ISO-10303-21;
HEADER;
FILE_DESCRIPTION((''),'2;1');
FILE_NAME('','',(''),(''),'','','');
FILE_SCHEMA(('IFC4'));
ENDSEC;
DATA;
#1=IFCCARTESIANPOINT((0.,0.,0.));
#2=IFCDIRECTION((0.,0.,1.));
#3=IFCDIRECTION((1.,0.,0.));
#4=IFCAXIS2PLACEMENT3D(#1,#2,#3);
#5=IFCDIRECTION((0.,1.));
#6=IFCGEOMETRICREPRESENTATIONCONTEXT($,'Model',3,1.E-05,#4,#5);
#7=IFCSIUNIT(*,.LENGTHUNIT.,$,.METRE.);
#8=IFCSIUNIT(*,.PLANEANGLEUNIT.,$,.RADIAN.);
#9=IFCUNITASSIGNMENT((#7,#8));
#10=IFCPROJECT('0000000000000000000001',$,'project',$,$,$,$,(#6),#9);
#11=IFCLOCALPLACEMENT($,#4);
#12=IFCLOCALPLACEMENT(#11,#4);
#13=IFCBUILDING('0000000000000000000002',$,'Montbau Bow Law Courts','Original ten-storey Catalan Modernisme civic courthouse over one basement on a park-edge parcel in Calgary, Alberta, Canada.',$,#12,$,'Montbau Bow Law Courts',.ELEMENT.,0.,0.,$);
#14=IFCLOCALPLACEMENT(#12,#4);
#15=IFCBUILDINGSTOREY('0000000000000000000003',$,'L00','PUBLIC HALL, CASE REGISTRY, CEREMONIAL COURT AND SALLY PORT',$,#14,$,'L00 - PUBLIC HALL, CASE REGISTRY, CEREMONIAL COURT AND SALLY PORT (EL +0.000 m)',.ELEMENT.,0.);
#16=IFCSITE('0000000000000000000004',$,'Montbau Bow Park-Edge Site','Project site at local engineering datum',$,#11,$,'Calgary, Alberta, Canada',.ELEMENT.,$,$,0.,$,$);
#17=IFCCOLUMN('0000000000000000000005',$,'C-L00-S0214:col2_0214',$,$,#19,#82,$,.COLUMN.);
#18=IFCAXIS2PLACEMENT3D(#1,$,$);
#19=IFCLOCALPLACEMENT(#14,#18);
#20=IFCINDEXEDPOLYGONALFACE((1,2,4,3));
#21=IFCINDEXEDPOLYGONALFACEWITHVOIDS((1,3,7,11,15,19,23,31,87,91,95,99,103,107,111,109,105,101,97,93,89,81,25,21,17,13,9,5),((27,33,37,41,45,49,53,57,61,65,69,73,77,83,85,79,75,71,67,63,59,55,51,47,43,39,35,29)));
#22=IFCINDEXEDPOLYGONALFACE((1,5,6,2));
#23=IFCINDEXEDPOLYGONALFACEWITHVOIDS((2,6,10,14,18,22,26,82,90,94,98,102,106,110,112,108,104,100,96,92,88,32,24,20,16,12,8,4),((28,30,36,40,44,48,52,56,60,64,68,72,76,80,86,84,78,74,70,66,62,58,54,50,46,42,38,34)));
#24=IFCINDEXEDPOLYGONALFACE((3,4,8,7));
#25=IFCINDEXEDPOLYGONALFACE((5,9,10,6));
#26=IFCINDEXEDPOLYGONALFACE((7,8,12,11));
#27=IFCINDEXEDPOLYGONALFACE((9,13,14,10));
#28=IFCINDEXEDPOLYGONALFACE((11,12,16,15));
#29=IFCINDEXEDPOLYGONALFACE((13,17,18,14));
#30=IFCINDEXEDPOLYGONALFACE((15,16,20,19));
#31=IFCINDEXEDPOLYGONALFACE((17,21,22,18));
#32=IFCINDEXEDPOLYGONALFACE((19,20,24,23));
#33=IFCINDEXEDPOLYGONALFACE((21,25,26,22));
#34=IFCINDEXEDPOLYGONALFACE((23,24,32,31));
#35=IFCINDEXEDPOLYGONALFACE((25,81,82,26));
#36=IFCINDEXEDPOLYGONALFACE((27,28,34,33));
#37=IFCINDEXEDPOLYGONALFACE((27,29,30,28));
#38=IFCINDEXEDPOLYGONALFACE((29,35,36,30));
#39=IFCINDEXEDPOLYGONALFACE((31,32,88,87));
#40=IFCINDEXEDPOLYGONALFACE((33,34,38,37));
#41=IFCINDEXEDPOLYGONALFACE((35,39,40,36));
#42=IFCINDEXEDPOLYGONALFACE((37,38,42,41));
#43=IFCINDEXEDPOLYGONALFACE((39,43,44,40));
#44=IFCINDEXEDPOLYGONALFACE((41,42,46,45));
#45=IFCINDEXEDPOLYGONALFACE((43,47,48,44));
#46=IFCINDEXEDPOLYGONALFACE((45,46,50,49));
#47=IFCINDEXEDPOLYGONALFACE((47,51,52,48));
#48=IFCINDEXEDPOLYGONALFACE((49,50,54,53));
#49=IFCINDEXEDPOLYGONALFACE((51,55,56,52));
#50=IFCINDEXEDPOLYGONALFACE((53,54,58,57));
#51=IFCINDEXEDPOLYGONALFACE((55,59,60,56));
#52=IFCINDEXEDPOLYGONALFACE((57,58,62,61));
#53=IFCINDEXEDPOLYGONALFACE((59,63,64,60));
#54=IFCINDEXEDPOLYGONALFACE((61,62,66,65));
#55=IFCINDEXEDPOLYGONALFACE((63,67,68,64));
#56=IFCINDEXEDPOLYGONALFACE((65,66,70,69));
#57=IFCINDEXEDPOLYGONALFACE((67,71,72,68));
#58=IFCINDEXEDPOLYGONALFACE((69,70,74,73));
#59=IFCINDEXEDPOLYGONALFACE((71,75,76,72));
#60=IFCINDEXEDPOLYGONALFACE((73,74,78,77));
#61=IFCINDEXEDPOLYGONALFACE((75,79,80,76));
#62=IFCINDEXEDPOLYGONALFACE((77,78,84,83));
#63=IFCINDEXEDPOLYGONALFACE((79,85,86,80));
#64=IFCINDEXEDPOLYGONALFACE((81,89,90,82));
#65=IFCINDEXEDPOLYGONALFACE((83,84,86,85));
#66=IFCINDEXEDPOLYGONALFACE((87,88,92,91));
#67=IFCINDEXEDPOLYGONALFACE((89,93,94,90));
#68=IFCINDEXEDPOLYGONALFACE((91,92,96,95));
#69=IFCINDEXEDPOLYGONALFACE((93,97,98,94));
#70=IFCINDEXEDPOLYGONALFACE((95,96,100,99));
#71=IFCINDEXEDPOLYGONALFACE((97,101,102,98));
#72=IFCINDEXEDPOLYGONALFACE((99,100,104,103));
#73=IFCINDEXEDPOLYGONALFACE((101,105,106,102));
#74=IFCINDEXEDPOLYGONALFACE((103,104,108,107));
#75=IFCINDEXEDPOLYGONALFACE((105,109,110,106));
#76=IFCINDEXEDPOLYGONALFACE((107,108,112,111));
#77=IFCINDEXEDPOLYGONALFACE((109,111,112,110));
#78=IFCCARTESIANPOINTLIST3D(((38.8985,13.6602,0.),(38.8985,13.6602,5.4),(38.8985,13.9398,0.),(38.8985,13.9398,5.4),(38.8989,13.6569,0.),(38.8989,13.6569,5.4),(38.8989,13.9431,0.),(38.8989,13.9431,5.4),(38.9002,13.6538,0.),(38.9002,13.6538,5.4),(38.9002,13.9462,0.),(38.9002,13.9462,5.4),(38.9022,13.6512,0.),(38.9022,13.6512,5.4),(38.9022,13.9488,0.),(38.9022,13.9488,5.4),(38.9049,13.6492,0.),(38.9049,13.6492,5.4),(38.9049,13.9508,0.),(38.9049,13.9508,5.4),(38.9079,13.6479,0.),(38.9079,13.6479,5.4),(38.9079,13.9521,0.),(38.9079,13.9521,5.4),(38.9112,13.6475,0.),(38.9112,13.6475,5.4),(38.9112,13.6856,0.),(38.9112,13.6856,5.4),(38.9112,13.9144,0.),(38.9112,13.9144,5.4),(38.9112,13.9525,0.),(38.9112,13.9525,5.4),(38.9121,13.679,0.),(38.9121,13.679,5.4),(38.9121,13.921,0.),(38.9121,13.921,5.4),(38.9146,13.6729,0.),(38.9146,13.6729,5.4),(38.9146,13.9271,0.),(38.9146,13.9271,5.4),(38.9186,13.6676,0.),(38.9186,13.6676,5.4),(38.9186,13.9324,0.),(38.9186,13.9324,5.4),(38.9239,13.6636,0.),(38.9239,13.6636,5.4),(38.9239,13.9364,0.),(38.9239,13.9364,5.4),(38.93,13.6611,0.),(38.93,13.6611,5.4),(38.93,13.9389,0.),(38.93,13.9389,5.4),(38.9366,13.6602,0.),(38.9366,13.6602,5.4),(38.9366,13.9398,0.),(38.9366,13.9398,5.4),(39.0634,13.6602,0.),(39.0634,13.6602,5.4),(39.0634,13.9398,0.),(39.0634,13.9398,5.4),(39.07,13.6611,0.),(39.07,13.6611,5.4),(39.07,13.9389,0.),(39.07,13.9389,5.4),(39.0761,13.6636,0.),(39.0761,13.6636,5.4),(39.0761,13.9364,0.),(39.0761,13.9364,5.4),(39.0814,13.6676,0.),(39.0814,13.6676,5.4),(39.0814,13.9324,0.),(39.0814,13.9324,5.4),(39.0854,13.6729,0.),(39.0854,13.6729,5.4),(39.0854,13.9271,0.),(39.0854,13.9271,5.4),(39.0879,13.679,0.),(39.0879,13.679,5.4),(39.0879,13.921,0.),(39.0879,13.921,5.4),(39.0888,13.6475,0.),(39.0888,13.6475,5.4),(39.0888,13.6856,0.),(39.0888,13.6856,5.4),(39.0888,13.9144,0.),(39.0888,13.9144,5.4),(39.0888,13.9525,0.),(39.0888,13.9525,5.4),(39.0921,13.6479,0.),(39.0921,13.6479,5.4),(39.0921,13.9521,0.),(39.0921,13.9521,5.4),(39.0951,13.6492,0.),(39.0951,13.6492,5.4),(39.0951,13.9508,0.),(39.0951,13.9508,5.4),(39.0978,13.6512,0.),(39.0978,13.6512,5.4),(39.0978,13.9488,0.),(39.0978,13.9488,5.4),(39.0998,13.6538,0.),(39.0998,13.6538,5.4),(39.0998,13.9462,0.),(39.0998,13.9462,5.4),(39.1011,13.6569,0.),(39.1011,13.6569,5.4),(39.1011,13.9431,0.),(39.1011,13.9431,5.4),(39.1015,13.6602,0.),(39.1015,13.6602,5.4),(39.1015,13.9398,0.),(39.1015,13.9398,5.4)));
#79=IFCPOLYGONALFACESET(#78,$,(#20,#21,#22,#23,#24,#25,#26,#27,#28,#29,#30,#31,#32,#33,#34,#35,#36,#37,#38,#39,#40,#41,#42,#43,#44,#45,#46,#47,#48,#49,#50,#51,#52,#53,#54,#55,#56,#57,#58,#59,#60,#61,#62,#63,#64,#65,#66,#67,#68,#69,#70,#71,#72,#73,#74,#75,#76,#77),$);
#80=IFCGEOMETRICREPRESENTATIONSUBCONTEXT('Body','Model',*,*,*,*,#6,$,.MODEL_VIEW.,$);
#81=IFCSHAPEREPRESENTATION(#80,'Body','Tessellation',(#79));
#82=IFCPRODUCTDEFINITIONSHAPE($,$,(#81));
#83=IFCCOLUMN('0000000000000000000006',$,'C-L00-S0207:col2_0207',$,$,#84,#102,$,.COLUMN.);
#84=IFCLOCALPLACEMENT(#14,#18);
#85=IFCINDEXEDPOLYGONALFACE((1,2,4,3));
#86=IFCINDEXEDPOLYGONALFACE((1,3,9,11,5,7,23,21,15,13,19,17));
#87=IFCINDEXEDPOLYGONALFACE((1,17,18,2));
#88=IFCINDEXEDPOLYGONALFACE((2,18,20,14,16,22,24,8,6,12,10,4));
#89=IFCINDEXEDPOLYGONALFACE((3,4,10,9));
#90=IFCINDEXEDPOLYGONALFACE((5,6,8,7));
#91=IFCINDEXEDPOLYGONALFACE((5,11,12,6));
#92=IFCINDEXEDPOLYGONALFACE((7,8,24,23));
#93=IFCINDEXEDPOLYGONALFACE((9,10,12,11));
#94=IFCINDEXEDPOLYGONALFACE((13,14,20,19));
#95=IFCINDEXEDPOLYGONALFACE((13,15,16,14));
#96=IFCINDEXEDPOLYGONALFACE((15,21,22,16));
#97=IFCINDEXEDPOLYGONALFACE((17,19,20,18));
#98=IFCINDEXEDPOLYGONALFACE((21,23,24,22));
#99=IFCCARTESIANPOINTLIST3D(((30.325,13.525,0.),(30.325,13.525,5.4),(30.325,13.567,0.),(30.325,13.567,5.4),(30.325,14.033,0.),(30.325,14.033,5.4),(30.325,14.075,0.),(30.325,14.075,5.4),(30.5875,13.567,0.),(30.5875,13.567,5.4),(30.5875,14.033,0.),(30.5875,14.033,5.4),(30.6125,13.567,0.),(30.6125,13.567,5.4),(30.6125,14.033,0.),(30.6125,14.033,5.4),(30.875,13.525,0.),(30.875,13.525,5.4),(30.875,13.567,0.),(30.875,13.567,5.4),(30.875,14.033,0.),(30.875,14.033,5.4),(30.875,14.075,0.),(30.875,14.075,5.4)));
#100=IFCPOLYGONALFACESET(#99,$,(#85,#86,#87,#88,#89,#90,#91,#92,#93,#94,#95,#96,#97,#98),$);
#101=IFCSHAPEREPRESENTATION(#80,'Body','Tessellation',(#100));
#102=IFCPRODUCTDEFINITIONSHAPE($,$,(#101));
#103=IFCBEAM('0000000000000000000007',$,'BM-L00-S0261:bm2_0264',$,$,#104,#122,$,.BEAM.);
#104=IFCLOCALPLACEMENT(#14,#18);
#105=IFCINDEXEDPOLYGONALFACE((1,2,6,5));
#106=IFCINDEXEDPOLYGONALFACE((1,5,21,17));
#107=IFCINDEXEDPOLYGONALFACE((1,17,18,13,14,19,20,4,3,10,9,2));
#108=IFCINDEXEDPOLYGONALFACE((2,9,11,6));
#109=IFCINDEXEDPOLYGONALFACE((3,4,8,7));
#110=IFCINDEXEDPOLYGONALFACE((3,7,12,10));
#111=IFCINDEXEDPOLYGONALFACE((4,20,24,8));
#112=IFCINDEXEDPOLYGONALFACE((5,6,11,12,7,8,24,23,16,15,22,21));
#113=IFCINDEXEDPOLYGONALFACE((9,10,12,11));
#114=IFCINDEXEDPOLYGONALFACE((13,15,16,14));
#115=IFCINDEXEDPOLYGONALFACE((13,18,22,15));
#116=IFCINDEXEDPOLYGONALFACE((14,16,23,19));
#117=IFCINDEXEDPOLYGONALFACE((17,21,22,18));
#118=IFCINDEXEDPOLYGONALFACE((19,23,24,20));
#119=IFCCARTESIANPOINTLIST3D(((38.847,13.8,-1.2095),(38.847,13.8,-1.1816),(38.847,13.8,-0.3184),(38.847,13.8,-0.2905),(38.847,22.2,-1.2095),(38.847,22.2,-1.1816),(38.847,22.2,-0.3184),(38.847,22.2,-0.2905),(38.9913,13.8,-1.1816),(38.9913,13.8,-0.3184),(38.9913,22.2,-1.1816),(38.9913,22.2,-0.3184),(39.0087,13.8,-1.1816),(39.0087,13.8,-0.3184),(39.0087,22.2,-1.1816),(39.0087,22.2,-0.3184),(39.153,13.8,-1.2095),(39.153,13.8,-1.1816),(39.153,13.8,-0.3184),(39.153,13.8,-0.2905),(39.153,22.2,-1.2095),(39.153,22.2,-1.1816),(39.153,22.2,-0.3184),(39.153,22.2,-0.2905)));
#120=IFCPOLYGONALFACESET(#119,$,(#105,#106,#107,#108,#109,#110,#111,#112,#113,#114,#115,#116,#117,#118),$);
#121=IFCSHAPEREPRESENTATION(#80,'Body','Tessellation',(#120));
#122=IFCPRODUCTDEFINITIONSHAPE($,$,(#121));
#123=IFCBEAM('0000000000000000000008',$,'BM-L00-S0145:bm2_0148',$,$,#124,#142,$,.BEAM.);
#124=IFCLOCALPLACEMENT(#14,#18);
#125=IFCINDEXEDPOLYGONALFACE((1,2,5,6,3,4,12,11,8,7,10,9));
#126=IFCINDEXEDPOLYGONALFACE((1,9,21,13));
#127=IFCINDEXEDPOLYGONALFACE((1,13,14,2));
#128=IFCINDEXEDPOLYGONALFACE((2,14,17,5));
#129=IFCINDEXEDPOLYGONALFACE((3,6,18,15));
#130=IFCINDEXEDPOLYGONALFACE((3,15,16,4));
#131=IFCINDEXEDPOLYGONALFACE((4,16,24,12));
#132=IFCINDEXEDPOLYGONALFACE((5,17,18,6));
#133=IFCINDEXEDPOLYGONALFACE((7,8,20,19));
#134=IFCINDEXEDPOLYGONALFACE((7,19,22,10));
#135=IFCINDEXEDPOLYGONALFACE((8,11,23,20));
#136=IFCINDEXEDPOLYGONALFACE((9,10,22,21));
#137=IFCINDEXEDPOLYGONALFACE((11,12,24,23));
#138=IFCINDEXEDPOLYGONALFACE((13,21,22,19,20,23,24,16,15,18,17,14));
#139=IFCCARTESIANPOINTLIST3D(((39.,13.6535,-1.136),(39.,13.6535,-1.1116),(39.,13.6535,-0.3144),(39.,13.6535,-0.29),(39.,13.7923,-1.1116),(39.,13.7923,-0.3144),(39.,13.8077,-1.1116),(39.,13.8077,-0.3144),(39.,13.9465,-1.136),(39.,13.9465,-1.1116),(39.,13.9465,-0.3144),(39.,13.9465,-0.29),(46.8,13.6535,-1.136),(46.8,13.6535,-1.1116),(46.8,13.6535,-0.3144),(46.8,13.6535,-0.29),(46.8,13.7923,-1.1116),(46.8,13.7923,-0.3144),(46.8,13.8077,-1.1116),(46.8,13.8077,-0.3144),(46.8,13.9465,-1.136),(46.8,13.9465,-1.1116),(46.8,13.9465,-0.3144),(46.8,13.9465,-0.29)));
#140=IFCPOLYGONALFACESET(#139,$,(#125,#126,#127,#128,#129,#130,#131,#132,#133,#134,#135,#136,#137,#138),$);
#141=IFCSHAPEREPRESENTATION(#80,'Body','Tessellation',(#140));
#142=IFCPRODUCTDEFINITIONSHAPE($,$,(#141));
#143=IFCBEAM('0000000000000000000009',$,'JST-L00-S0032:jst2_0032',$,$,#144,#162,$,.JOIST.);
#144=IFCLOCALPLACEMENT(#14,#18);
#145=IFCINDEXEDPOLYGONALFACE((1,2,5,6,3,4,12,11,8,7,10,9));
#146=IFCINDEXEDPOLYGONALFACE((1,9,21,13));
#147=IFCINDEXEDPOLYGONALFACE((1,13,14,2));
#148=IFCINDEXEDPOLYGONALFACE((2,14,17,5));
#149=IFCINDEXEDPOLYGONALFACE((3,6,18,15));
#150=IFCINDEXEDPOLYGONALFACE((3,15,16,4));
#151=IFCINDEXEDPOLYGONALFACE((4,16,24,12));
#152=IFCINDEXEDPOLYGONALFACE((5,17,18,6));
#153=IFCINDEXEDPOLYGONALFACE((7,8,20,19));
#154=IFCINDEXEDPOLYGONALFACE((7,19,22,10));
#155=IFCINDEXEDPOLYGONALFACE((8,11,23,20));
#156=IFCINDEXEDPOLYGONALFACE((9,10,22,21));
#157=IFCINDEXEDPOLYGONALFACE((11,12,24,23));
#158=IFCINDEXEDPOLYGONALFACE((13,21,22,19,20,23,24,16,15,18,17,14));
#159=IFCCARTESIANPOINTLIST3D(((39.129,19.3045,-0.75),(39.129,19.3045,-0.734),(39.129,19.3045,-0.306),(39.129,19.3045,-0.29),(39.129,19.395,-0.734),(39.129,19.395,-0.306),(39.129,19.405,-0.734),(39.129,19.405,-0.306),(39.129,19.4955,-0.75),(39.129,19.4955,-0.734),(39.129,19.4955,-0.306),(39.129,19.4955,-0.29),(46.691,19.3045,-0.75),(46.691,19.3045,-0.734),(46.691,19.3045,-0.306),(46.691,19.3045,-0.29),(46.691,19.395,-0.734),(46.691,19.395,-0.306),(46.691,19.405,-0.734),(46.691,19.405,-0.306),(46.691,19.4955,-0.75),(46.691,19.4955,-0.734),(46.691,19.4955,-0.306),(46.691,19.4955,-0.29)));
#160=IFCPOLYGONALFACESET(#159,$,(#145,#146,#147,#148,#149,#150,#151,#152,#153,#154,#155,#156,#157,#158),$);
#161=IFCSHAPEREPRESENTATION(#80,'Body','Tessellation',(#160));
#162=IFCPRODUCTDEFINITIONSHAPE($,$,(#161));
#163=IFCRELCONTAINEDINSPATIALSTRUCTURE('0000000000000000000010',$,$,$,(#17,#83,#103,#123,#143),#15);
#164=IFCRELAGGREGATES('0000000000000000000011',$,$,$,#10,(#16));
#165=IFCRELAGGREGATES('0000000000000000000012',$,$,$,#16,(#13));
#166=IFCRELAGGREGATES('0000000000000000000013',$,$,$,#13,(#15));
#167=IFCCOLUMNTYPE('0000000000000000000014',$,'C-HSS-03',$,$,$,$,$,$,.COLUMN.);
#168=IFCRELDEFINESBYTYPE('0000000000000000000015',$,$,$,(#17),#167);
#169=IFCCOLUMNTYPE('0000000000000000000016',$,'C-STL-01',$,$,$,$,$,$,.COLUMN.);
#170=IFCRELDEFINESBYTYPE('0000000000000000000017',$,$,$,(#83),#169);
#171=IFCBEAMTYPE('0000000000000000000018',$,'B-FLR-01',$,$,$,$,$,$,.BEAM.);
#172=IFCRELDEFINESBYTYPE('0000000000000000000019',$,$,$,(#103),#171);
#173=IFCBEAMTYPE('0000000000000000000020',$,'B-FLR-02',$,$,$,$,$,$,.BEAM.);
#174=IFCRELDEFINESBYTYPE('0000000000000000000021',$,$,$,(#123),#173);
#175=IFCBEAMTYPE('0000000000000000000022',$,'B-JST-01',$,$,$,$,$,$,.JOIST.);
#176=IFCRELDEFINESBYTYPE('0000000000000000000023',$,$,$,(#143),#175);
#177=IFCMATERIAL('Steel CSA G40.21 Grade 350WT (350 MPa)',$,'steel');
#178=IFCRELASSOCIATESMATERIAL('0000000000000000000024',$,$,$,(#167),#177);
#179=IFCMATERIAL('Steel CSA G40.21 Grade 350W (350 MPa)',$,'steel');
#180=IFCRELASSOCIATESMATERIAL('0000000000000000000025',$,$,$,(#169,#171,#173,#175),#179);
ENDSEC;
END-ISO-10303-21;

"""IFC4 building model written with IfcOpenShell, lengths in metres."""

from ifc_helpers import new_model, si_unit, direction, frame, origin_with_axes, origin_2d_with_axis, place, context, subcontext, project, spatial, hollow_rectangle, i_section, extrude, material, material_profile, profile_set, type_object, element, save


model = new_model("IFC4")

# Units and contexts
model_context = context("Model", 3, precision=1e-05, world=origin_with_axes(), true_north=direction((0.0, 1.0)))
body_context = subcontext(model_context, "Body", "Model", "MODEL_VIEW")
ifc_project = project(units=[si_unit("LENGTHUNIT", "METRE"), si_unit("PLANEANGLEUNIT", "RADIAN")], contexts=[model_context])

# Site, building, storey
site_placement = place(None, origin_with_axes())
site = spatial("IfcSite", under=ifc_project, at=site_placement, Name="Montbau Bow Park-Edge Site", Description="Project site at local engineering datum", LongName="Calgary, Alberta, Canada", CompositionType="ELEMENT", RefElevation=0.0)
building_placement = place(site_placement, origin_with_axes())
building = spatial("IfcBuilding", under=site, at=building_placement, Name="Montbau Bow Law Courts", Description="Original ten-storey Catalan Modernisme civic courthouse over one basement on a park-edge parcel in Calgary, Alberta, Canada.", LongName="Montbau Bow Law Courts", CompositionType="ELEMENT", ElevationOfRefHeight=0.0, ElevationOfTerrain=0.0)
storey_placement = place(building_placement, origin_with_axes())
storey = spatial("IfcBuildingStorey", under=building, at=storey_placement, Name="L00", Description="PUBLIC HALL, CASE REGISTRY, CEREMONIAL COURT AND SALLY PORT", LongName="L00 - PUBLIC HALL, CASE REGISTRY, CEREMONIAL COURT AND SALLY PORT (EL +0.000 m)", CompositionType="ELEMENT", Elevation=0.0)

# Columns
ifc_material_1 = material(Name="Steel CSA G40.21 Grade 350WT (350 MPa)", Category="steel")
ifc_material_profile_1 = material_profile(ifc_material_1, hollow_rectangle(XDim=0.203, YDim=0.305, WallThickness=0.0127, InnerFilletRadius=0.0254, OuterFilletRadius=0.0127, at=origin_2d_with_axis()), Name="HSS305X203X13", Category="Main", Priority=0)
ifc_profile_set_1 = profile_set([ifc_material_profile_1], Name="Steel CSA G40.21 Grade 350WT (350 MPa)")
column_type_1 = type_object("IfcColumnType", Name="C-HSS-03", PredefinedType="COLUMN", material=ifc_profile_set_1)
column_1_placement = place(None, frame((39.0, 13.8, 0.0), z_axis=(0.0, 0.0, 1.0), x_axis=(1.0, 0.0, 0.0)))
element("IfcColumn", 1, at=column_1_placement, inside=storey, type_object=column_type_1, Name="C-L00-S0214:col2_0214", PredefinedType="COLUMN", context=body_context, shape_type="SweptSolid", body=[
    extrude(hollow_rectangle(XDim=0.203, YDim=0.305, WallThickness=0.0127, InnerFilletRadius=0.0254, OuterFilletRadius=0.0127, at=origin_2d_with_axis()), origin_with_axes(), (0.0, 0.0, 1.0), 5.4),
])
ifc_material_2 = material(Name="Steel CSA G40.21 Grade 350W (350 MPa)", Category="steel")
ifc_material_profile_2 = material_profile(ifc_material_2, i_section(OverallWidth=0.55, OverallDepth=0.55, WebThickness=0.025, FlangeThickness=0.042, at=origin_2d_with_axis()), Name="WWF550X420", Category="Main", Priority=0)
ifc_profile_set_2 = profile_set([ifc_material_profile_2], Name="Steel CSA G40.21 Grade 350W (350 MPa)")
column_type_2 = type_object("IfcColumnType", Name="C-STL-01", PredefinedType="COLUMN", material=ifc_profile_set_2)
column_2_placement = place(None, frame((30.6, 13.8, 0.0), z_axis=(0.0, 0.0, 1.0), x_axis=(1.0, 0.0, 0.0)))
element("IfcColumn", 2, at=column_2_placement, inside=storey, type_object=column_type_2, Name="C-L00-S0207:col2_0207", PredefinedType="COLUMN", context=body_context, shape_type="SweptSolid", body=[
    extrude(i_section(OverallWidth=0.55, OverallDepth=0.55, WebThickness=0.025, FlangeThickness=0.042, at=origin_2d_with_axis()), origin_with_axes(), (0.0, 0.0, 1.0), 5.4),
])

# Beams
ifc_material_profile_3 = material_profile(ifc_material_2, i_section(OverallWidth=0.306, OverallDepth=0.919, WebThickness=0.0173, FlangeThickness=0.0279, at=origin_2d_with_axis()), Name="W920X253", Category="Main", Priority=0)
ifc_profile_set_3 = profile_set([ifc_material_profile_3], Name="Steel CSA G40.21 Grade 350W (350 MPa)")
beam_type_1 = type_object("IfcBeamType", Name="B-FLR-01", PredefinedType="BEAM", material=ifc_profile_set_3)
beam_1_placement = place(None, frame((39.0, 13.8, -0.75), z_axis=(0.0, 1.0, 0.0), x_axis=(-1.0, 0.0, 0.0)))
element("IfcBeam", 3, at=beam_1_placement, inside=storey, type_object=beam_type_1, Name="BM-L00-S0261:bm2_0264", PredefinedType="BEAM", context=body_context, shape_type="SweptSolid", body=[
    extrude(i_section(OverallWidth=0.306, OverallDepth=0.919, WebThickness=0.0173, FlangeThickness=0.0279, at=origin_2d_with_axis()), origin_with_axes(), (0.0, 0.0, 1.0), 8.4),
])
ifc_material_profile_4 = material_profile(ifc_material_2, i_section(OverallWidth=0.293, OverallDepth=0.846, WebThickness=0.0154, FlangeThickness=0.0244, at=origin_2d_with_axis()), Name="W840X210", Category="Main", Priority=0)
ifc_profile_set_4 = profile_set([ifc_material_profile_4], Name="Steel CSA G40.21 Grade 350W (350 MPa)")
beam_type_2 = type_object("IfcBeamType", Name="B-FLR-02", PredefinedType="BEAM", material=ifc_profile_set_4)
beam_2_placement = place(None, frame((39.0, 13.8, -0.713), z_axis=(1.0, 0.0, 0.0), x_axis=(0.0, 1.0, 0.0)))
element("IfcBeam", 4, at=beam_2_placement, inside=storey, type_object=beam_type_2, Name="BM-L00-S0145:bm2_0148", PredefinedType="BEAM", context=body_context, shape_type="SweptSolid", body=[
    extrude(i_section(OverallWidth=0.293, OverallDepth=0.846, WebThickness=0.0154, FlangeThickness=0.0244, at=origin_2d_with_axis()), origin_with_axes(), (0.0, 0.0, 1.0), 7.8),
])
ifc_material_profile_5 = material_profile(ifc_material_2, i_section(OverallWidth=0.191, OverallDepth=0.46, WebThickness=0.0099, FlangeThickness=0.016, at=origin_2d_with_axis()), Name="W460X82", Category="Main", Priority=0)
ifc_profile_set_5 = profile_set([ifc_material_profile_5], Name="Steel CSA G40.21 Grade 350W (350 MPa)")
beam_type_3 = type_object("IfcBeamType", Name="B-JST-01", PredefinedType="JOIST", material=ifc_profile_set_5)
beam_3_placement = place(None, frame((39.129, 19.4, -0.52), z_axis=(1.0, 0.0, 0.0), x_axis=(0.0, 1.0, 0.0)))
element("IfcBeam", 5, at=beam_3_placement, inside=storey, type_object=beam_type_3, Name="JST-L00-S0032:jst2_0032", PredefinedType="JOIST", context=body_context, shape_type="SweptSolid", body=[
    extrude(i_section(OverallWidth=0.191, OverallDepth=0.46, WebThickness=0.0099, FlangeThickness=0.016, at=origin_2d_with_axis()), origin_with_axes(), (0.0, 0.0, 1.0), 7.562),
])

save(model, "model.ifc")
